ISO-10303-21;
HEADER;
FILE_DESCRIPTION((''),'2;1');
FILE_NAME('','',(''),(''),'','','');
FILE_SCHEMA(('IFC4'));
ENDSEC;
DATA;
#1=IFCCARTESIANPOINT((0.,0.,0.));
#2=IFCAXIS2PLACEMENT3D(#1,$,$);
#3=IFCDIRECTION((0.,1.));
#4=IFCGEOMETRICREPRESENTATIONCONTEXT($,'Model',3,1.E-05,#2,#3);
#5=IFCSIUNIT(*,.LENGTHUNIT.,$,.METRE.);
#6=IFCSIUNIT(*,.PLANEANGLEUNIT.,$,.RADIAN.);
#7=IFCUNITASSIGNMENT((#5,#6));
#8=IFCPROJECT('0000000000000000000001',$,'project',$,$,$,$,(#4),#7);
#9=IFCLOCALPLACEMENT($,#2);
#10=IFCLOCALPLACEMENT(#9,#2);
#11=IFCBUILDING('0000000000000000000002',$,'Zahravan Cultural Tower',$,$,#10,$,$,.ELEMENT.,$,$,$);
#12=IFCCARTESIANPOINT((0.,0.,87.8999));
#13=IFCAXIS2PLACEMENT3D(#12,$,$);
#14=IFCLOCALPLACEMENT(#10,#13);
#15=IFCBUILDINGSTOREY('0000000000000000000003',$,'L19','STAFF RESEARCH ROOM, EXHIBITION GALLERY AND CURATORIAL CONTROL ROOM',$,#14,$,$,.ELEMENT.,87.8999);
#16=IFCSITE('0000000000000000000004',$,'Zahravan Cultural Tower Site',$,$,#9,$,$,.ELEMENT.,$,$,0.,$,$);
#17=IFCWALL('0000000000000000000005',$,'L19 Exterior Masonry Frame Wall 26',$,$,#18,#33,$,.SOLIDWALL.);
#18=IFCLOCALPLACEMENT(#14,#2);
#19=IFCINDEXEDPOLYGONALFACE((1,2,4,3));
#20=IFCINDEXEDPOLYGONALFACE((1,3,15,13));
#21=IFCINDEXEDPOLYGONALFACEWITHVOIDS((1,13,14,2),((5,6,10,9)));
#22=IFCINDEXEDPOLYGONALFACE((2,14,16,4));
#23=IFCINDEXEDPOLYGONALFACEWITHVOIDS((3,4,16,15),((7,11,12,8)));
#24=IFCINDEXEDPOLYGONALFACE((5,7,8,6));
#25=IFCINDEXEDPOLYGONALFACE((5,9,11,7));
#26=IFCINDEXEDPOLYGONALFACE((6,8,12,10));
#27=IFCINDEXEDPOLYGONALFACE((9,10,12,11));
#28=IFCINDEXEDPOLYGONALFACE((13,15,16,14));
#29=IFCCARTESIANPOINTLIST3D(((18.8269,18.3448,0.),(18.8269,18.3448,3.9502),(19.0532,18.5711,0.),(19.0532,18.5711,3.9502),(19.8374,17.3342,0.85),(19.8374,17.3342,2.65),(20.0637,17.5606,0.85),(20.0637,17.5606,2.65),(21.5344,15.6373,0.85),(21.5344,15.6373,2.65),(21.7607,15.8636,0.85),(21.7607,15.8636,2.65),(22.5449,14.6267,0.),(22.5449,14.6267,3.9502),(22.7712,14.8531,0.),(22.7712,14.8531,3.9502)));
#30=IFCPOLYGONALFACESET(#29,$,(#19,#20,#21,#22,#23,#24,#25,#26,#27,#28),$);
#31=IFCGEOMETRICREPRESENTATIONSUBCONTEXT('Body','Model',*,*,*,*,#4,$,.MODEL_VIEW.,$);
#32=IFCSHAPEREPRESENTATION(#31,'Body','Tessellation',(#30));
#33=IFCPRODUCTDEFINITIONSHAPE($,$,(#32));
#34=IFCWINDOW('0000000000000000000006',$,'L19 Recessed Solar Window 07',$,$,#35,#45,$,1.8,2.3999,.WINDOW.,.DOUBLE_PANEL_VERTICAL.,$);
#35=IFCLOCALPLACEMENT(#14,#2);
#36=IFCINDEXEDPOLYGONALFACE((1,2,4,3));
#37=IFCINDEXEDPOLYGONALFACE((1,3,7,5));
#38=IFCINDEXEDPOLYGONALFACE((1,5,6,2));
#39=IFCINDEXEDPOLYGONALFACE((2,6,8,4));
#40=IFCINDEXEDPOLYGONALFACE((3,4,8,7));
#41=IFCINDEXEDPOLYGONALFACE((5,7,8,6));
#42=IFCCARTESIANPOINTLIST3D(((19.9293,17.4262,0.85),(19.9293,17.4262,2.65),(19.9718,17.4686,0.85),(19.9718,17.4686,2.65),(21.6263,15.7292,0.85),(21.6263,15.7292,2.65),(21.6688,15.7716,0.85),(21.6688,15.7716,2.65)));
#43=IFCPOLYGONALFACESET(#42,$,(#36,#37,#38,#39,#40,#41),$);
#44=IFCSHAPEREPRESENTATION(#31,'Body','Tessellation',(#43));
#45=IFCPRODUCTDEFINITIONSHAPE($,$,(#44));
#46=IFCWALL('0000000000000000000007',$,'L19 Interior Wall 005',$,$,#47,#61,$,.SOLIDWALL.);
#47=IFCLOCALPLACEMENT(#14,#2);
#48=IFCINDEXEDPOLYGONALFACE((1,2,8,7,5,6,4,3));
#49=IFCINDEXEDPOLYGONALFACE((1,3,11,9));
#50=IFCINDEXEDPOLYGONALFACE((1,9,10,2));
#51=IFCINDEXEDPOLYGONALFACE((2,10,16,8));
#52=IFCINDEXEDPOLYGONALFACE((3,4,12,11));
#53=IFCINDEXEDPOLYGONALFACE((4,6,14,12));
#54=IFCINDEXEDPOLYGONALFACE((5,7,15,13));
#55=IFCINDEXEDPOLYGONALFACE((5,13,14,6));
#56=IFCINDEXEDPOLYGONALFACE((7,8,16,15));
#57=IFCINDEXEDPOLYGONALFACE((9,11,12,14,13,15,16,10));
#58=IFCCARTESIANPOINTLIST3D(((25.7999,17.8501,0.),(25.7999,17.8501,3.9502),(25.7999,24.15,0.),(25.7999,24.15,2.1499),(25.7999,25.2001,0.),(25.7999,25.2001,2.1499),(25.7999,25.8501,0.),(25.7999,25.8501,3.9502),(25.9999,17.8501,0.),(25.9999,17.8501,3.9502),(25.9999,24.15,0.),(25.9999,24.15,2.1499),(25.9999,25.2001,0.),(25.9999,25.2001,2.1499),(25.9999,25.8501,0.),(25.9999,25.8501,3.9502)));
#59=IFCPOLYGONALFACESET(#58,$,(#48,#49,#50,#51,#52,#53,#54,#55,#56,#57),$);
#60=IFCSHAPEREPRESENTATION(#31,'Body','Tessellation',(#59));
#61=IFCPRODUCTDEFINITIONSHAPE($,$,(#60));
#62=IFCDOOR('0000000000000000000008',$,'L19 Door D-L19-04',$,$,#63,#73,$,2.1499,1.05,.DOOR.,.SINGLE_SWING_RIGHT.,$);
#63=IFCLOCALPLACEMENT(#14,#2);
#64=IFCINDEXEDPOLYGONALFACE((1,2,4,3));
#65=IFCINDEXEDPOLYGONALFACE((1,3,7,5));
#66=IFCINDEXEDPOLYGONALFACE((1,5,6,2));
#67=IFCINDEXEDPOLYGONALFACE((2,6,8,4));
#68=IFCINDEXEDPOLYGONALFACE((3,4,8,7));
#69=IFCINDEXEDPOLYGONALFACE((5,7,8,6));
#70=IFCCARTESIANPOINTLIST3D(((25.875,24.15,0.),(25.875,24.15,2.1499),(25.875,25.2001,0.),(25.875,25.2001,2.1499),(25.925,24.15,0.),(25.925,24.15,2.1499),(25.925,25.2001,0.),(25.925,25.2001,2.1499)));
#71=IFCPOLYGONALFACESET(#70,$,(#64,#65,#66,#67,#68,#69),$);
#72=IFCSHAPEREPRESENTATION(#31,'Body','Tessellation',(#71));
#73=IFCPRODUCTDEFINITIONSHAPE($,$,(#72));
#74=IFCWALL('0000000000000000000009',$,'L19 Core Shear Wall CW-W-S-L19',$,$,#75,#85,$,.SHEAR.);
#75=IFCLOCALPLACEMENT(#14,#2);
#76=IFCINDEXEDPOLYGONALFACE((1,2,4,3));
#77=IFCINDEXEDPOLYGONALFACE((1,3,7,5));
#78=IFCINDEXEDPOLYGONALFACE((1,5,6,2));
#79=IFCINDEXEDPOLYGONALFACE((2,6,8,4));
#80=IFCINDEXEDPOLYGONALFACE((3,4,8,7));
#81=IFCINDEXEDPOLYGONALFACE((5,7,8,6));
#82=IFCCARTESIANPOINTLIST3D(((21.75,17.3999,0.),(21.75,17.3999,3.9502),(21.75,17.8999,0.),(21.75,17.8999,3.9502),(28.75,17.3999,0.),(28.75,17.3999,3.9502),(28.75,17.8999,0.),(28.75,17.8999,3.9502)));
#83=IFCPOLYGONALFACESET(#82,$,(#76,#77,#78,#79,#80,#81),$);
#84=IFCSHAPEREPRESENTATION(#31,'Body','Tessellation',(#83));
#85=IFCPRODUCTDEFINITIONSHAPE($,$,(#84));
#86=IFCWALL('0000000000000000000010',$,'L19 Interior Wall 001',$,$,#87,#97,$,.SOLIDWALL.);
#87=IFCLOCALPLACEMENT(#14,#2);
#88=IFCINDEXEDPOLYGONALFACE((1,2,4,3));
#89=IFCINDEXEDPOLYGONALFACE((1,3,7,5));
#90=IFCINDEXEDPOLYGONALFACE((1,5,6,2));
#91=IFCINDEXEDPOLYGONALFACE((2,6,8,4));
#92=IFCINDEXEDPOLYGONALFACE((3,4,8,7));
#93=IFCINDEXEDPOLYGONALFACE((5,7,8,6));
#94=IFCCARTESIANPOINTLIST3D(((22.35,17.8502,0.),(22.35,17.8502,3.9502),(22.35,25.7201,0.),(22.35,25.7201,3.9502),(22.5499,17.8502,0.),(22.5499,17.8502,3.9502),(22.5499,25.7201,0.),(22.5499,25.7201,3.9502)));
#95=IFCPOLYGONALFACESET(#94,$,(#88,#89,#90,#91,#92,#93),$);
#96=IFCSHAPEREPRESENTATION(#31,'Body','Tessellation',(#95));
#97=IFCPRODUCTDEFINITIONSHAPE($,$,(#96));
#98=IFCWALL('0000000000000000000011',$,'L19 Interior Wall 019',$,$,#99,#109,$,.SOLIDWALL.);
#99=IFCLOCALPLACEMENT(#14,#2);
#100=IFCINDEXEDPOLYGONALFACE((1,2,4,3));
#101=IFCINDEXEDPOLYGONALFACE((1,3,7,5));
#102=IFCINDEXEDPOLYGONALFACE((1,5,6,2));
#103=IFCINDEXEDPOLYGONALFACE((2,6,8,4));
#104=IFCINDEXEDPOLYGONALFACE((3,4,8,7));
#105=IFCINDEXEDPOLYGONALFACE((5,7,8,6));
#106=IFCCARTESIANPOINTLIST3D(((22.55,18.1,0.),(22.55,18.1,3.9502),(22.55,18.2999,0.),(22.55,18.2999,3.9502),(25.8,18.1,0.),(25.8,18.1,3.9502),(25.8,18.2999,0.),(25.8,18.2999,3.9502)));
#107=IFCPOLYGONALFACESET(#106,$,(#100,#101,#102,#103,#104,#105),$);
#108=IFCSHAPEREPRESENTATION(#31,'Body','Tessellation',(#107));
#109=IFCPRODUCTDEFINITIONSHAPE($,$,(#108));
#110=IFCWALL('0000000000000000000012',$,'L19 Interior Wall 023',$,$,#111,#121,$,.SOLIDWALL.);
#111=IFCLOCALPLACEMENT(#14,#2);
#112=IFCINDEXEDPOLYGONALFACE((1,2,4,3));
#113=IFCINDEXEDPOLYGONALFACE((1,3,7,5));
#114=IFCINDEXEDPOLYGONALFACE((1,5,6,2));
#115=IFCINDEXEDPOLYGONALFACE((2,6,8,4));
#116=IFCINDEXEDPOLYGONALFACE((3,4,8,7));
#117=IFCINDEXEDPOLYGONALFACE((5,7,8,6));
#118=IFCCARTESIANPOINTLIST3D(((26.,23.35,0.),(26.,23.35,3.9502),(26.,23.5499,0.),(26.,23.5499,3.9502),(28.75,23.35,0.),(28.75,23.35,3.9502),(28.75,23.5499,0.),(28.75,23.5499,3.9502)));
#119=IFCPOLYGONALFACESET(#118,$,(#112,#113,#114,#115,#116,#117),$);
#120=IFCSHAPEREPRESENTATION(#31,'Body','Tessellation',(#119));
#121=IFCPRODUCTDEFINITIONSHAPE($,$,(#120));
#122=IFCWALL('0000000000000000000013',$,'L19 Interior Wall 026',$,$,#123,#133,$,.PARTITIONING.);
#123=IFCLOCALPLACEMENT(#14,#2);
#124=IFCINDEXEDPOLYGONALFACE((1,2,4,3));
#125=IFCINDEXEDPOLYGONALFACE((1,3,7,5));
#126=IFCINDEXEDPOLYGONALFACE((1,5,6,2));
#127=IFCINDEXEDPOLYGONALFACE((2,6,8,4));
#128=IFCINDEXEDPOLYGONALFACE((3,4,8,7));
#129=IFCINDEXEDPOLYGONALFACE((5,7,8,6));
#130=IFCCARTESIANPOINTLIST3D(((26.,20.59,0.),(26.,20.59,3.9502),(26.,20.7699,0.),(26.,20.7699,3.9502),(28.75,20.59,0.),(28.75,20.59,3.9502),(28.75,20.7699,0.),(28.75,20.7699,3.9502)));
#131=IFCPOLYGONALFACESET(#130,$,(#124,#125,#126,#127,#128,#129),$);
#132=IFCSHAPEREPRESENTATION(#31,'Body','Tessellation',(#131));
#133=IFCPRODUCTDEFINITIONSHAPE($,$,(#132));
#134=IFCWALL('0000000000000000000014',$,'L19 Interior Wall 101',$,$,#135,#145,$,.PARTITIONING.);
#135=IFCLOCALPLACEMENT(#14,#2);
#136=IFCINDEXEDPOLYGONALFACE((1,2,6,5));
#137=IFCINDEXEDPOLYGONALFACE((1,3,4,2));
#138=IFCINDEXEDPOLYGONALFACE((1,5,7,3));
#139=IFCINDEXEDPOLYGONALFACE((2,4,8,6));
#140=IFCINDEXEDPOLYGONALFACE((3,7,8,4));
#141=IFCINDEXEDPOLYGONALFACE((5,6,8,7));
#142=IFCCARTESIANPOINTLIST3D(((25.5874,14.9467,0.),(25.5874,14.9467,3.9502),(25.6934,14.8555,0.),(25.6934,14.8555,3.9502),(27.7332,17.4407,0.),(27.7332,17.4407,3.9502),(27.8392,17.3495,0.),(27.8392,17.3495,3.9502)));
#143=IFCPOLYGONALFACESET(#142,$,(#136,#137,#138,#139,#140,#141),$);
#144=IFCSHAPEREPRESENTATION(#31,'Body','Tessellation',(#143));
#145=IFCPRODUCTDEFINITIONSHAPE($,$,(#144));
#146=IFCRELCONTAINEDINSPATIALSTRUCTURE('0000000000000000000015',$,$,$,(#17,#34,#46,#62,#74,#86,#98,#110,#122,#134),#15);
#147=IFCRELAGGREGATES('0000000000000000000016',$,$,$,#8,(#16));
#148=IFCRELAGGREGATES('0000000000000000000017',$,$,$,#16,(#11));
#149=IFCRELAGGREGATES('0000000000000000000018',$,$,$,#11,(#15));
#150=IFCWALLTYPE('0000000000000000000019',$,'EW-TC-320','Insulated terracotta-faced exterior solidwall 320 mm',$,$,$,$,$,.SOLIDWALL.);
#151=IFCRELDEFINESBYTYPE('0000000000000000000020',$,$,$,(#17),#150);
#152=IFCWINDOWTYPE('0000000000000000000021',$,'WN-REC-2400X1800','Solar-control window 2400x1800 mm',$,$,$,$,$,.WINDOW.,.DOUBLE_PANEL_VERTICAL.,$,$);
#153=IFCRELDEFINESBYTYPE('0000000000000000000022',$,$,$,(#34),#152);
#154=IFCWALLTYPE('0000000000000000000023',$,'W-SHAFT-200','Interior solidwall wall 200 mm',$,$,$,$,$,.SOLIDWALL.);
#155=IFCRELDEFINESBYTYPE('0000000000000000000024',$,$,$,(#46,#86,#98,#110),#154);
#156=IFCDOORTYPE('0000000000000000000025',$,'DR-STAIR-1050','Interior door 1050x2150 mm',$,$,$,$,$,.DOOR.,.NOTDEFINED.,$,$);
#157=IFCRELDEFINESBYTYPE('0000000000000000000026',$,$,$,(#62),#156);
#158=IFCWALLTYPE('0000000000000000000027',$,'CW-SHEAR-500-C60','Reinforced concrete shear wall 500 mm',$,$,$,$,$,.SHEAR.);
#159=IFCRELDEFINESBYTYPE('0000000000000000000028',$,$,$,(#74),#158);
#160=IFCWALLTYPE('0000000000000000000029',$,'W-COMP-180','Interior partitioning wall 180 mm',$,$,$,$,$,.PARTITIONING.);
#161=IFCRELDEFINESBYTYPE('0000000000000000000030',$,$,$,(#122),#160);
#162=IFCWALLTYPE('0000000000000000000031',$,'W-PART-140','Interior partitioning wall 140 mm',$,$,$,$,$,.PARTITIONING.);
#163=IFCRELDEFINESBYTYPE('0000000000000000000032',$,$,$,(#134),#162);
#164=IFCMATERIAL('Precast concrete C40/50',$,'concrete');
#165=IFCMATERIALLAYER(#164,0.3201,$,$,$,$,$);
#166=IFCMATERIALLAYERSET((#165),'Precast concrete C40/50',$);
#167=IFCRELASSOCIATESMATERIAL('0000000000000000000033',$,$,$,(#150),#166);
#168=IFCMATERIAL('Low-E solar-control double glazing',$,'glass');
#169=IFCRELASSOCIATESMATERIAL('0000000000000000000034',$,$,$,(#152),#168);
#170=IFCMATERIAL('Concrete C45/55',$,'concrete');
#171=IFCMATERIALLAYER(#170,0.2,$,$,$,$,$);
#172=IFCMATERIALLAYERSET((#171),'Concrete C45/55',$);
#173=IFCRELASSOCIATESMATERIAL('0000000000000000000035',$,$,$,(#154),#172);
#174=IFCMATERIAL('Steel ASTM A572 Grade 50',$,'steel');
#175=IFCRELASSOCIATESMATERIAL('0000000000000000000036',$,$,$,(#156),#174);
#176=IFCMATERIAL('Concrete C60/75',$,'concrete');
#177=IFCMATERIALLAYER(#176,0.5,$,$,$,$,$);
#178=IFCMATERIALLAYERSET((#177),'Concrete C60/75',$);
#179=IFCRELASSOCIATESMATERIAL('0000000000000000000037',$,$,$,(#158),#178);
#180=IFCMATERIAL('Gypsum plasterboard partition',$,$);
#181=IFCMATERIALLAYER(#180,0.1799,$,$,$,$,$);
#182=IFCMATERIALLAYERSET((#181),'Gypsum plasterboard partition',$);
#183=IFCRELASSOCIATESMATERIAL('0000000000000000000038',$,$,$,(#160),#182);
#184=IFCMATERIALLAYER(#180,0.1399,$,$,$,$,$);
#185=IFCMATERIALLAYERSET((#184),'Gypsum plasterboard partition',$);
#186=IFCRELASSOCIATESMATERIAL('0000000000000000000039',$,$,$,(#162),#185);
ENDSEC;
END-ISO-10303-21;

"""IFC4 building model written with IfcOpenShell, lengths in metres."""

from ifc_helpers import new_model, si_unit, direction, frame, frame_2d, origin, place, context, subcontext, project, spatial, rectangle, extrude, source, transform, mapped, material, layer, layer_set, type_object, element, fill, save


model = new_model("IFC4")

# Units and contexts
model_context = context("Model", 3, precision=1e-05, world=origin(), true_north=direction((0.0, 1.0)))
body_context = subcontext(model_context, "Body", "Model", "MODEL_VIEW")
ifc_project = project(units=[si_unit("LENGTHUNIT", "METRE"), si_unit("PLANEANGLEUNIT", "RADIAN")], contexts=[model_context])

# Site, building, storey
site_placement = place(None, origin())
site = spatial("IfcSite", under=ifc_project, at=site_placement, Name="Zahravan Cultural Tower Site", CompositionType="ELEMENT", RefElevation=0.0)
building_placement = place(site_placement, origin())
building = spatial("IfcBuilding", under=site, at=building_placement, Name="Zahravan Cultural Tower", CompositionType="ELEMENT")
storey_placement = place(building_placement, frame((0.0, 0.0, 87.8999)))
storey = spatial("IfcBuildingStorey", under=building, at=storey_placement, Name="L19", Description="STAFF RESEARCH ROOM, EXHIBITION GALLERY AND CURATORIAL CONTROL ROOM", CompositionType="ELEMENT", Elevation=87.8999)

# Shared definitions
ifc_material_1 = material(Name="Concrete C60/75", Category="concrete")

# Wall, opening, window
ifc_material_2 = material(Name="Precast concrete C40/50", Category="concrete")
ifc_layer_1 = layer(ifc_material_2, 0.3201)
ifc_layer_set_1 = layer_set([ifc_layer_1], Name="Precast concrete C40/50")
wall_type_1 = type_object("IfcWallType", Name="EW-TC-320", Description="Insulated terracotta-faced exterior solidwall 320 mm", PredefinedType="SOLIDWALL", material=ifc_layer_set_1)
wall_1_placement = place(storey_placement, frame((22.658, 14.74, 0.0), z_axis=(0.0, 0.0, 1.0), x_axis=(-0.707107, 0.707107, 0.0)))
wall_1 = element("IfcWall", 1, at=wall_1_placement, inside=storey, type_object=wall_type_1, Name="L19 Exterior Masonry Frame Wall 26", PredefinedType="SOLIDWALL", context=body_context, shape_type="SweptSolid", body=[
    extrude(rectangle(XDim=5.2581, YDim=0.3201, at=frame_2d((2.6289, 0.0))), origin(), (0.0, 0.0, 1.0), 3.9502),
])
opening_1_placement = place(wall_1_placement, frame((1.429, 0.0, 0.8501)))
opening_1 = element("IfcOpeningElement", 2, at=opening_1_placement, cuts=wall_1, PredefinedType="OPENING", context=body_context, shape_type="SweptSolid", body=[
    extrude(rectangle(XDim=2.3999, YDim=1.8, at=frame_2d((1.2, 0.8999))), frame((0.0, 0.1699, 0.0), z_axis=(0.0, -1.0, 0.0), x_axis=(1.0, 0.0, 0.0)), (0.0, 0.0, 1.0), 0.3401),
])
ifc_material_3 = material(Name="Low-E solar-control double glazing", Category="glass")
window_type = type_object("IfcWindowType", Name="WN-REC-2400X1800", Description="Solar-control window 2400x1800 mm", PartitioningType="DOUBLE_PANEL_VERTICAL", PredefinedType="WINDOW", material=ifc_material_3)
shared_shape_1 = source(origin(), body_context, "Body", "SweptSolid", [
    extrude(rectangle(XDim=2.3999, YDim=1.8, at=frame_2d((1.2, 0.8999))), frame((0.0, 0.03, 0.0), z_axis=(0.0, -1.0, 0.0), x_axis=(1.0, 0.0, 0.0)), (0.0, 0.0, 1.0), 0.0601),
])
window_placement = place(opening_1_placement, origin())
window = element("IfcWindow", 3, at=window_placement, inside=storey, type_object=window_type, Name="L19 Recessed Solar Window 07", OverallHeight=1.8, OverallWidth=2.3999, PartitioningType="DOUBLE_PANEL_VERTICAL", PredefinedType="WINDOW", context=body_context, shape_type="MappedRepresentation", body=[
    mapped(shared_shape_1, transform((0.0, 0.0, 0.0), x_axis=(1.0, 0.0, 0.0), y_axis=(0.0, 1.0, 0.0), z_axis=(0.0, 0.0, 1.0), scale=1.0)),
])
fill(opening_1, window)

# Wall, opening, door
ifc_material_4 = material(Name="Concrete C45/55", Category="concrete")
ifc_layer_2 = layer(ifc_material_4, 0.2)
ifc_layer_set_2 = layer_set([ifc_layer_2], Name="Concrete C45/55")
wall_type_2 = type_object("IfcWallType", Name="W-SHAFT-200", Description="Interior solidwall wall 200 mm", PredefinedType="SOLIDWALL", material=ifc_layer_set_2)
wall_2_placement = place(storey_placement, frame((25.8999, 17.8501, 0.0), z_axis=(0.0, 0.0, 1.0), x_axis=(0.0, 1.0, 0.0)))
wall_2 = element("IfcWall", 4, at=wall_2_placement, inside=storey, type_object=wall_type_2, Name="L19 Interior Wall 005", PredefinedType="SOLIDWALL", context=body_context, shape_type="SweptSolid", body=[
    extrude(rectangle(XDim=8.0, YDim=0.2, at=frame_2d((4.0, 0.0))), origin(), (0.0, 0.0, 1.0), 3.9502),
])
opening_2_placement = place(wall_2_placement, frame((6.3, 0.0, 0.0)))
opening_2 = element("IfcOpeningElement", 5, at=opening_2_placement, cuts=wall_2, PredefinedType="OPENING", context=body_context, shape_type="SweptSolid", body=[
    extrude(rectangle(XDim=1.05, YDim=2.1499, at=frame_2d((0.5249, 1.075))), frame((0.0, 0.1099, 0.0), z_axis=(0.0, -1.0, 0.0), x_axis=(1.0, 0.0, 0.0)), (0.0, 0.0, 1.0), 0.22),
])
ifc_material_5 = material(Name="Steel ASTM A572 Grade 50", Category="steel")
door_type = type_object("IfcDoorType", Name="DR-STAIR-1050", Description="Interior door 1050x2150 mm", OperationType="NOTDEFINED", PredefinedType="DOOR", material=ifc_material_5)
shared_shape_2 = source(origin(), body_context, "Body", "SweptSolid", [
    extrude(rectangle(XDim=1.05, YDim=2.1499, at=frame_2d((0.5249, 1.075))), frame((0.0, 0.0249, 0.0), z_axis=(0.0, -1.0, 0.0), x_axis=(1.0, 0.0, 0.0)), (0.0, 0.0, 1.0), 0.05),
])
door_placement = place(opening_2_placement, origin())
door = element("IfcDoor", 6, at=door_placement, inside=storey, type_object=door_type, Name="L19 Door D-L19-04", OperationType="SINGLE_SWING_RIGHT", OverallHeight=2.1499, OverallWidth=1.05, PredefinedType="DOOR", context=body_context, shape_type="MappedRepresentation", body=[
    mapped(shared_shape_2, transform((0.0, 0.0, 0.0), x_axis=(1.0, 0.0, 0.0), y_axis=(0.0, 1.0, 0.0), z_axis=(0.0, 0.0, 1.0), scale=1.0)),
])
fill(opening_2, door)

# Walls
ifc_layer_3 = layer(ifc_material_1, 0.5)
ifc_layer_set_3 = layer_set([ifc_layer_3], Name="Concrete C60/75")
wall_type_3 = type_object("IfcWallType", Name="CW-SHEAR-500-C60", Description="Reinforced concrete shear wall 500 mm", PredefinedType="SHEAR", material=ifc_layer_set_3)
shared_shape_3 = source(origin(), body_context, "Body", "SweptSolid", [
    extrude(rectangle(XDim=7.0, YDim=0.5, at=frame_2d((3.5, 0.0))), origin(), (0.0, 0.0, 1.0), 3.9502),
])
wall_3_placement = place(storey_placement, frame((21.75, 17.6499, 0.0), z_axis=(0.0, 0.0, 1.0), x_axis=(1.0, 0.0, 0.0)))
element("IfcWall", 7, at=wall_3_placement, inside=storey, type_object=wall_type_3, Name="L19 Core Shear Wall CW-W-S-L19", PredefinedType="SHEAR", context=body_context, shape_type="MappedRepresentation", body=[
    mapped(shared_shape_3, transform((0.0, 0.0, 0.0), x_axis=(1.0, 0.0, 0.0), y_axis=(0.0, 1.0, 0.0), z_axis=(0.0, 0.0, 1.0), scale=1.0)),
])
shared_shape_4 = source(origin(), body_context, "Body", "SweptSolid", [
    extrude(rectangle(XDim=7.8699, YDim=0.2, at=frame_2d((3.9351, 0.0))), origin(), (0.0, 0.0, 1.0), 3.9502),
])
wall_4_placement = place(storey_placement, frame((22.45, 17.8501, 0.0), z_axis=(0.0, 0.0, 1.0), x_axis=(0.0, 1.0, 0.0)))
element("IfcWall", 8, at=wall_4_placement, inside=storey, type_object=wall_type_2, Name="L19 Interior Wall 001", PredefinedType="SOLIDWALL", context=body_context, shape_type="MappedRepresentation", body=[
    mapped(shared_shape_4, transform((0.0, 0.0, 0.0), x_axis=(1.0, 0.0, 0.0), y_axis=(0.0, 1.0, 0.0), z_axis=(0.0, 0.0, 1.0), scale=1.0)),
])
shared_shape_5 = source(origin(), body_context, "Body", "SweptSolid", [
    extrude(rectangle(XDim=3.25, YDim=0.2, at=frame_2d((1.625, 0.0))), origin(), (0.0, 0.0, 1.0), 3.9502),
])
wall_5_placement = place(storey_placement, frame((22.55, 18.2, 0.0), z_axis=(0.0, 0.0, 1.0), x_axis=(1.0, 0.0, 0.0)))
element("IfcWall", 9, at=wall_5_placement, inside=storey, type_object=wall_type_2, Name="L19 Interior Wall 019", PredefinedType="SOLIDWALL", context=body_context, shape_type="MappedRepresentation", body=[
    mapped(shared_shape_5, transform((0.0, 0.0, 0.0), x_axis=(1.0, 0.0, 0.0), y_axis=(0.0, 1.0, 0.0), z_axis=(0.0, 0.0, 1.0), scale=1.0)),
])
shared_shape_6 = source(origin(), body_context, "Body", "SweptSolid", [
    extrude(rectangle(XDim=2.75, YDim=0.2, at=frame_2d((1.375, 0.0))), origin(), (0.0, 0.0, 1.0), 3.9502),
])
wall_6_placement = place(storey_placement, frame((26.0, 23.45, 0.0), z_axis=(0.0, 0.0, 1.0), x_axis=(1.0, 0.0, 0.0)))
element("IfcWall", 10, at=wall_6_placement, inside=storey, type_object=wall_type_2, Name="L19 Interior Wall 023", PredefinedType="SOLIDWALL", context=body_context, shape_type="MappedRepresentation", body=[
    mapped(shared_shape_6, transform((0.0, 0.0, 0.0), x_axis=(1.0, 0.0, 0.0), y_axis=(0.0, 1.0, 0.0), z_axis=(0.0, 0.0, 1.0), scale=1.0)),
])
ifc_material_6 = material(Name="Gypsum plasterboard partition")
ifc_layer_4 = layer(ifc_material_6, 0.1799)
ifc_layer_set_4 = layer_set([ifc_layer_4], Name="Gypsum plasterboard partition")
wall_type_4 = type_object("IfcWallType", Name="W-COMP-180", Description="Interior partitioning wall 180 mm", PredefinedType="PARTITIONING", material=ifc_layer_set_4)
shared_shape_7 = source(origin(), body_context, "Body", "SweptSolid", [
    extrude(rectangle(XDim=2.75, YDim=0.1799, at=frame_2d((1.375, 0.0))), origin(), (0.0, 0.0, 1.0), 3.9502),
])
wall_7_placement = place(storey_placement, frame((26.0, 20.6799, 0.0), z_axis=(0.0, 0.0, 1.0), x_axis=(1.0, 0.0, 0.0)))
element("IfcWall", 11, at=wall_7_placement, inside=storey, type_object=wall_type_4, Name="L19 Interior Wall 026", PredefinedType="PARTITIONING", context=body_context, shape_type="MappedRepresentation", body=[
    mapped(shared_shape_7, transform((0.0, 0.0, 0.0), x_axis=(1.0, 0.0, 0.0), y_axis=(0.0, 1.0, 0.0), z_axis=(0.0, 0.0, 1.0), scale=1.0)),
])
ifc_layer_5 = layer(ifc_material_6, 0.1399)
ifc_layer_set_5 = layer_set([ifc_layer_5], Name="Gypsum plasterboard partition")
wall_type_5 = type_object("IfcWallType", Name="W-PART-140", Description="Interior partitioning wall 140 mm", PredefinedType="PARTITIONING", material=ifc_layer_set_5)
shared_shape_8 = source(origin(), body_context, "Body", "SweptSolid", [
    extrude(rectangle(XDim=3.29, YDim=0.1399, at=frame_2d((1.645, 0.0))), origin(), (0.0, 0.0, 1.0), 3.9502),
])
wall_8_placement = place(storey_placement, frame((25.6404, 14.9011, 0.0), z_axis=(0.0, 0.0, 1.0), x_axis=(0.652214, 0.758035, 0.0)))
element("IfcWall", 12, at=wall_8_placement, inside=storey, type_object=wall_type_5, Name="L19 Interior Wall 101", PredefinedType="PARTITIONING", context=body_context, shape_type="MappedRepresentation", body=[
    mapped(shared_shape_8, transform((0.0, 0.0, 0.0), x_axis=(1.0, 0.0, 0.0), y_axis=(0.0, 1.0, 0.0), z_axis=(0.0, 0.0, 1.0), scale=1.0)),
])

save(model, "model.ifc")
